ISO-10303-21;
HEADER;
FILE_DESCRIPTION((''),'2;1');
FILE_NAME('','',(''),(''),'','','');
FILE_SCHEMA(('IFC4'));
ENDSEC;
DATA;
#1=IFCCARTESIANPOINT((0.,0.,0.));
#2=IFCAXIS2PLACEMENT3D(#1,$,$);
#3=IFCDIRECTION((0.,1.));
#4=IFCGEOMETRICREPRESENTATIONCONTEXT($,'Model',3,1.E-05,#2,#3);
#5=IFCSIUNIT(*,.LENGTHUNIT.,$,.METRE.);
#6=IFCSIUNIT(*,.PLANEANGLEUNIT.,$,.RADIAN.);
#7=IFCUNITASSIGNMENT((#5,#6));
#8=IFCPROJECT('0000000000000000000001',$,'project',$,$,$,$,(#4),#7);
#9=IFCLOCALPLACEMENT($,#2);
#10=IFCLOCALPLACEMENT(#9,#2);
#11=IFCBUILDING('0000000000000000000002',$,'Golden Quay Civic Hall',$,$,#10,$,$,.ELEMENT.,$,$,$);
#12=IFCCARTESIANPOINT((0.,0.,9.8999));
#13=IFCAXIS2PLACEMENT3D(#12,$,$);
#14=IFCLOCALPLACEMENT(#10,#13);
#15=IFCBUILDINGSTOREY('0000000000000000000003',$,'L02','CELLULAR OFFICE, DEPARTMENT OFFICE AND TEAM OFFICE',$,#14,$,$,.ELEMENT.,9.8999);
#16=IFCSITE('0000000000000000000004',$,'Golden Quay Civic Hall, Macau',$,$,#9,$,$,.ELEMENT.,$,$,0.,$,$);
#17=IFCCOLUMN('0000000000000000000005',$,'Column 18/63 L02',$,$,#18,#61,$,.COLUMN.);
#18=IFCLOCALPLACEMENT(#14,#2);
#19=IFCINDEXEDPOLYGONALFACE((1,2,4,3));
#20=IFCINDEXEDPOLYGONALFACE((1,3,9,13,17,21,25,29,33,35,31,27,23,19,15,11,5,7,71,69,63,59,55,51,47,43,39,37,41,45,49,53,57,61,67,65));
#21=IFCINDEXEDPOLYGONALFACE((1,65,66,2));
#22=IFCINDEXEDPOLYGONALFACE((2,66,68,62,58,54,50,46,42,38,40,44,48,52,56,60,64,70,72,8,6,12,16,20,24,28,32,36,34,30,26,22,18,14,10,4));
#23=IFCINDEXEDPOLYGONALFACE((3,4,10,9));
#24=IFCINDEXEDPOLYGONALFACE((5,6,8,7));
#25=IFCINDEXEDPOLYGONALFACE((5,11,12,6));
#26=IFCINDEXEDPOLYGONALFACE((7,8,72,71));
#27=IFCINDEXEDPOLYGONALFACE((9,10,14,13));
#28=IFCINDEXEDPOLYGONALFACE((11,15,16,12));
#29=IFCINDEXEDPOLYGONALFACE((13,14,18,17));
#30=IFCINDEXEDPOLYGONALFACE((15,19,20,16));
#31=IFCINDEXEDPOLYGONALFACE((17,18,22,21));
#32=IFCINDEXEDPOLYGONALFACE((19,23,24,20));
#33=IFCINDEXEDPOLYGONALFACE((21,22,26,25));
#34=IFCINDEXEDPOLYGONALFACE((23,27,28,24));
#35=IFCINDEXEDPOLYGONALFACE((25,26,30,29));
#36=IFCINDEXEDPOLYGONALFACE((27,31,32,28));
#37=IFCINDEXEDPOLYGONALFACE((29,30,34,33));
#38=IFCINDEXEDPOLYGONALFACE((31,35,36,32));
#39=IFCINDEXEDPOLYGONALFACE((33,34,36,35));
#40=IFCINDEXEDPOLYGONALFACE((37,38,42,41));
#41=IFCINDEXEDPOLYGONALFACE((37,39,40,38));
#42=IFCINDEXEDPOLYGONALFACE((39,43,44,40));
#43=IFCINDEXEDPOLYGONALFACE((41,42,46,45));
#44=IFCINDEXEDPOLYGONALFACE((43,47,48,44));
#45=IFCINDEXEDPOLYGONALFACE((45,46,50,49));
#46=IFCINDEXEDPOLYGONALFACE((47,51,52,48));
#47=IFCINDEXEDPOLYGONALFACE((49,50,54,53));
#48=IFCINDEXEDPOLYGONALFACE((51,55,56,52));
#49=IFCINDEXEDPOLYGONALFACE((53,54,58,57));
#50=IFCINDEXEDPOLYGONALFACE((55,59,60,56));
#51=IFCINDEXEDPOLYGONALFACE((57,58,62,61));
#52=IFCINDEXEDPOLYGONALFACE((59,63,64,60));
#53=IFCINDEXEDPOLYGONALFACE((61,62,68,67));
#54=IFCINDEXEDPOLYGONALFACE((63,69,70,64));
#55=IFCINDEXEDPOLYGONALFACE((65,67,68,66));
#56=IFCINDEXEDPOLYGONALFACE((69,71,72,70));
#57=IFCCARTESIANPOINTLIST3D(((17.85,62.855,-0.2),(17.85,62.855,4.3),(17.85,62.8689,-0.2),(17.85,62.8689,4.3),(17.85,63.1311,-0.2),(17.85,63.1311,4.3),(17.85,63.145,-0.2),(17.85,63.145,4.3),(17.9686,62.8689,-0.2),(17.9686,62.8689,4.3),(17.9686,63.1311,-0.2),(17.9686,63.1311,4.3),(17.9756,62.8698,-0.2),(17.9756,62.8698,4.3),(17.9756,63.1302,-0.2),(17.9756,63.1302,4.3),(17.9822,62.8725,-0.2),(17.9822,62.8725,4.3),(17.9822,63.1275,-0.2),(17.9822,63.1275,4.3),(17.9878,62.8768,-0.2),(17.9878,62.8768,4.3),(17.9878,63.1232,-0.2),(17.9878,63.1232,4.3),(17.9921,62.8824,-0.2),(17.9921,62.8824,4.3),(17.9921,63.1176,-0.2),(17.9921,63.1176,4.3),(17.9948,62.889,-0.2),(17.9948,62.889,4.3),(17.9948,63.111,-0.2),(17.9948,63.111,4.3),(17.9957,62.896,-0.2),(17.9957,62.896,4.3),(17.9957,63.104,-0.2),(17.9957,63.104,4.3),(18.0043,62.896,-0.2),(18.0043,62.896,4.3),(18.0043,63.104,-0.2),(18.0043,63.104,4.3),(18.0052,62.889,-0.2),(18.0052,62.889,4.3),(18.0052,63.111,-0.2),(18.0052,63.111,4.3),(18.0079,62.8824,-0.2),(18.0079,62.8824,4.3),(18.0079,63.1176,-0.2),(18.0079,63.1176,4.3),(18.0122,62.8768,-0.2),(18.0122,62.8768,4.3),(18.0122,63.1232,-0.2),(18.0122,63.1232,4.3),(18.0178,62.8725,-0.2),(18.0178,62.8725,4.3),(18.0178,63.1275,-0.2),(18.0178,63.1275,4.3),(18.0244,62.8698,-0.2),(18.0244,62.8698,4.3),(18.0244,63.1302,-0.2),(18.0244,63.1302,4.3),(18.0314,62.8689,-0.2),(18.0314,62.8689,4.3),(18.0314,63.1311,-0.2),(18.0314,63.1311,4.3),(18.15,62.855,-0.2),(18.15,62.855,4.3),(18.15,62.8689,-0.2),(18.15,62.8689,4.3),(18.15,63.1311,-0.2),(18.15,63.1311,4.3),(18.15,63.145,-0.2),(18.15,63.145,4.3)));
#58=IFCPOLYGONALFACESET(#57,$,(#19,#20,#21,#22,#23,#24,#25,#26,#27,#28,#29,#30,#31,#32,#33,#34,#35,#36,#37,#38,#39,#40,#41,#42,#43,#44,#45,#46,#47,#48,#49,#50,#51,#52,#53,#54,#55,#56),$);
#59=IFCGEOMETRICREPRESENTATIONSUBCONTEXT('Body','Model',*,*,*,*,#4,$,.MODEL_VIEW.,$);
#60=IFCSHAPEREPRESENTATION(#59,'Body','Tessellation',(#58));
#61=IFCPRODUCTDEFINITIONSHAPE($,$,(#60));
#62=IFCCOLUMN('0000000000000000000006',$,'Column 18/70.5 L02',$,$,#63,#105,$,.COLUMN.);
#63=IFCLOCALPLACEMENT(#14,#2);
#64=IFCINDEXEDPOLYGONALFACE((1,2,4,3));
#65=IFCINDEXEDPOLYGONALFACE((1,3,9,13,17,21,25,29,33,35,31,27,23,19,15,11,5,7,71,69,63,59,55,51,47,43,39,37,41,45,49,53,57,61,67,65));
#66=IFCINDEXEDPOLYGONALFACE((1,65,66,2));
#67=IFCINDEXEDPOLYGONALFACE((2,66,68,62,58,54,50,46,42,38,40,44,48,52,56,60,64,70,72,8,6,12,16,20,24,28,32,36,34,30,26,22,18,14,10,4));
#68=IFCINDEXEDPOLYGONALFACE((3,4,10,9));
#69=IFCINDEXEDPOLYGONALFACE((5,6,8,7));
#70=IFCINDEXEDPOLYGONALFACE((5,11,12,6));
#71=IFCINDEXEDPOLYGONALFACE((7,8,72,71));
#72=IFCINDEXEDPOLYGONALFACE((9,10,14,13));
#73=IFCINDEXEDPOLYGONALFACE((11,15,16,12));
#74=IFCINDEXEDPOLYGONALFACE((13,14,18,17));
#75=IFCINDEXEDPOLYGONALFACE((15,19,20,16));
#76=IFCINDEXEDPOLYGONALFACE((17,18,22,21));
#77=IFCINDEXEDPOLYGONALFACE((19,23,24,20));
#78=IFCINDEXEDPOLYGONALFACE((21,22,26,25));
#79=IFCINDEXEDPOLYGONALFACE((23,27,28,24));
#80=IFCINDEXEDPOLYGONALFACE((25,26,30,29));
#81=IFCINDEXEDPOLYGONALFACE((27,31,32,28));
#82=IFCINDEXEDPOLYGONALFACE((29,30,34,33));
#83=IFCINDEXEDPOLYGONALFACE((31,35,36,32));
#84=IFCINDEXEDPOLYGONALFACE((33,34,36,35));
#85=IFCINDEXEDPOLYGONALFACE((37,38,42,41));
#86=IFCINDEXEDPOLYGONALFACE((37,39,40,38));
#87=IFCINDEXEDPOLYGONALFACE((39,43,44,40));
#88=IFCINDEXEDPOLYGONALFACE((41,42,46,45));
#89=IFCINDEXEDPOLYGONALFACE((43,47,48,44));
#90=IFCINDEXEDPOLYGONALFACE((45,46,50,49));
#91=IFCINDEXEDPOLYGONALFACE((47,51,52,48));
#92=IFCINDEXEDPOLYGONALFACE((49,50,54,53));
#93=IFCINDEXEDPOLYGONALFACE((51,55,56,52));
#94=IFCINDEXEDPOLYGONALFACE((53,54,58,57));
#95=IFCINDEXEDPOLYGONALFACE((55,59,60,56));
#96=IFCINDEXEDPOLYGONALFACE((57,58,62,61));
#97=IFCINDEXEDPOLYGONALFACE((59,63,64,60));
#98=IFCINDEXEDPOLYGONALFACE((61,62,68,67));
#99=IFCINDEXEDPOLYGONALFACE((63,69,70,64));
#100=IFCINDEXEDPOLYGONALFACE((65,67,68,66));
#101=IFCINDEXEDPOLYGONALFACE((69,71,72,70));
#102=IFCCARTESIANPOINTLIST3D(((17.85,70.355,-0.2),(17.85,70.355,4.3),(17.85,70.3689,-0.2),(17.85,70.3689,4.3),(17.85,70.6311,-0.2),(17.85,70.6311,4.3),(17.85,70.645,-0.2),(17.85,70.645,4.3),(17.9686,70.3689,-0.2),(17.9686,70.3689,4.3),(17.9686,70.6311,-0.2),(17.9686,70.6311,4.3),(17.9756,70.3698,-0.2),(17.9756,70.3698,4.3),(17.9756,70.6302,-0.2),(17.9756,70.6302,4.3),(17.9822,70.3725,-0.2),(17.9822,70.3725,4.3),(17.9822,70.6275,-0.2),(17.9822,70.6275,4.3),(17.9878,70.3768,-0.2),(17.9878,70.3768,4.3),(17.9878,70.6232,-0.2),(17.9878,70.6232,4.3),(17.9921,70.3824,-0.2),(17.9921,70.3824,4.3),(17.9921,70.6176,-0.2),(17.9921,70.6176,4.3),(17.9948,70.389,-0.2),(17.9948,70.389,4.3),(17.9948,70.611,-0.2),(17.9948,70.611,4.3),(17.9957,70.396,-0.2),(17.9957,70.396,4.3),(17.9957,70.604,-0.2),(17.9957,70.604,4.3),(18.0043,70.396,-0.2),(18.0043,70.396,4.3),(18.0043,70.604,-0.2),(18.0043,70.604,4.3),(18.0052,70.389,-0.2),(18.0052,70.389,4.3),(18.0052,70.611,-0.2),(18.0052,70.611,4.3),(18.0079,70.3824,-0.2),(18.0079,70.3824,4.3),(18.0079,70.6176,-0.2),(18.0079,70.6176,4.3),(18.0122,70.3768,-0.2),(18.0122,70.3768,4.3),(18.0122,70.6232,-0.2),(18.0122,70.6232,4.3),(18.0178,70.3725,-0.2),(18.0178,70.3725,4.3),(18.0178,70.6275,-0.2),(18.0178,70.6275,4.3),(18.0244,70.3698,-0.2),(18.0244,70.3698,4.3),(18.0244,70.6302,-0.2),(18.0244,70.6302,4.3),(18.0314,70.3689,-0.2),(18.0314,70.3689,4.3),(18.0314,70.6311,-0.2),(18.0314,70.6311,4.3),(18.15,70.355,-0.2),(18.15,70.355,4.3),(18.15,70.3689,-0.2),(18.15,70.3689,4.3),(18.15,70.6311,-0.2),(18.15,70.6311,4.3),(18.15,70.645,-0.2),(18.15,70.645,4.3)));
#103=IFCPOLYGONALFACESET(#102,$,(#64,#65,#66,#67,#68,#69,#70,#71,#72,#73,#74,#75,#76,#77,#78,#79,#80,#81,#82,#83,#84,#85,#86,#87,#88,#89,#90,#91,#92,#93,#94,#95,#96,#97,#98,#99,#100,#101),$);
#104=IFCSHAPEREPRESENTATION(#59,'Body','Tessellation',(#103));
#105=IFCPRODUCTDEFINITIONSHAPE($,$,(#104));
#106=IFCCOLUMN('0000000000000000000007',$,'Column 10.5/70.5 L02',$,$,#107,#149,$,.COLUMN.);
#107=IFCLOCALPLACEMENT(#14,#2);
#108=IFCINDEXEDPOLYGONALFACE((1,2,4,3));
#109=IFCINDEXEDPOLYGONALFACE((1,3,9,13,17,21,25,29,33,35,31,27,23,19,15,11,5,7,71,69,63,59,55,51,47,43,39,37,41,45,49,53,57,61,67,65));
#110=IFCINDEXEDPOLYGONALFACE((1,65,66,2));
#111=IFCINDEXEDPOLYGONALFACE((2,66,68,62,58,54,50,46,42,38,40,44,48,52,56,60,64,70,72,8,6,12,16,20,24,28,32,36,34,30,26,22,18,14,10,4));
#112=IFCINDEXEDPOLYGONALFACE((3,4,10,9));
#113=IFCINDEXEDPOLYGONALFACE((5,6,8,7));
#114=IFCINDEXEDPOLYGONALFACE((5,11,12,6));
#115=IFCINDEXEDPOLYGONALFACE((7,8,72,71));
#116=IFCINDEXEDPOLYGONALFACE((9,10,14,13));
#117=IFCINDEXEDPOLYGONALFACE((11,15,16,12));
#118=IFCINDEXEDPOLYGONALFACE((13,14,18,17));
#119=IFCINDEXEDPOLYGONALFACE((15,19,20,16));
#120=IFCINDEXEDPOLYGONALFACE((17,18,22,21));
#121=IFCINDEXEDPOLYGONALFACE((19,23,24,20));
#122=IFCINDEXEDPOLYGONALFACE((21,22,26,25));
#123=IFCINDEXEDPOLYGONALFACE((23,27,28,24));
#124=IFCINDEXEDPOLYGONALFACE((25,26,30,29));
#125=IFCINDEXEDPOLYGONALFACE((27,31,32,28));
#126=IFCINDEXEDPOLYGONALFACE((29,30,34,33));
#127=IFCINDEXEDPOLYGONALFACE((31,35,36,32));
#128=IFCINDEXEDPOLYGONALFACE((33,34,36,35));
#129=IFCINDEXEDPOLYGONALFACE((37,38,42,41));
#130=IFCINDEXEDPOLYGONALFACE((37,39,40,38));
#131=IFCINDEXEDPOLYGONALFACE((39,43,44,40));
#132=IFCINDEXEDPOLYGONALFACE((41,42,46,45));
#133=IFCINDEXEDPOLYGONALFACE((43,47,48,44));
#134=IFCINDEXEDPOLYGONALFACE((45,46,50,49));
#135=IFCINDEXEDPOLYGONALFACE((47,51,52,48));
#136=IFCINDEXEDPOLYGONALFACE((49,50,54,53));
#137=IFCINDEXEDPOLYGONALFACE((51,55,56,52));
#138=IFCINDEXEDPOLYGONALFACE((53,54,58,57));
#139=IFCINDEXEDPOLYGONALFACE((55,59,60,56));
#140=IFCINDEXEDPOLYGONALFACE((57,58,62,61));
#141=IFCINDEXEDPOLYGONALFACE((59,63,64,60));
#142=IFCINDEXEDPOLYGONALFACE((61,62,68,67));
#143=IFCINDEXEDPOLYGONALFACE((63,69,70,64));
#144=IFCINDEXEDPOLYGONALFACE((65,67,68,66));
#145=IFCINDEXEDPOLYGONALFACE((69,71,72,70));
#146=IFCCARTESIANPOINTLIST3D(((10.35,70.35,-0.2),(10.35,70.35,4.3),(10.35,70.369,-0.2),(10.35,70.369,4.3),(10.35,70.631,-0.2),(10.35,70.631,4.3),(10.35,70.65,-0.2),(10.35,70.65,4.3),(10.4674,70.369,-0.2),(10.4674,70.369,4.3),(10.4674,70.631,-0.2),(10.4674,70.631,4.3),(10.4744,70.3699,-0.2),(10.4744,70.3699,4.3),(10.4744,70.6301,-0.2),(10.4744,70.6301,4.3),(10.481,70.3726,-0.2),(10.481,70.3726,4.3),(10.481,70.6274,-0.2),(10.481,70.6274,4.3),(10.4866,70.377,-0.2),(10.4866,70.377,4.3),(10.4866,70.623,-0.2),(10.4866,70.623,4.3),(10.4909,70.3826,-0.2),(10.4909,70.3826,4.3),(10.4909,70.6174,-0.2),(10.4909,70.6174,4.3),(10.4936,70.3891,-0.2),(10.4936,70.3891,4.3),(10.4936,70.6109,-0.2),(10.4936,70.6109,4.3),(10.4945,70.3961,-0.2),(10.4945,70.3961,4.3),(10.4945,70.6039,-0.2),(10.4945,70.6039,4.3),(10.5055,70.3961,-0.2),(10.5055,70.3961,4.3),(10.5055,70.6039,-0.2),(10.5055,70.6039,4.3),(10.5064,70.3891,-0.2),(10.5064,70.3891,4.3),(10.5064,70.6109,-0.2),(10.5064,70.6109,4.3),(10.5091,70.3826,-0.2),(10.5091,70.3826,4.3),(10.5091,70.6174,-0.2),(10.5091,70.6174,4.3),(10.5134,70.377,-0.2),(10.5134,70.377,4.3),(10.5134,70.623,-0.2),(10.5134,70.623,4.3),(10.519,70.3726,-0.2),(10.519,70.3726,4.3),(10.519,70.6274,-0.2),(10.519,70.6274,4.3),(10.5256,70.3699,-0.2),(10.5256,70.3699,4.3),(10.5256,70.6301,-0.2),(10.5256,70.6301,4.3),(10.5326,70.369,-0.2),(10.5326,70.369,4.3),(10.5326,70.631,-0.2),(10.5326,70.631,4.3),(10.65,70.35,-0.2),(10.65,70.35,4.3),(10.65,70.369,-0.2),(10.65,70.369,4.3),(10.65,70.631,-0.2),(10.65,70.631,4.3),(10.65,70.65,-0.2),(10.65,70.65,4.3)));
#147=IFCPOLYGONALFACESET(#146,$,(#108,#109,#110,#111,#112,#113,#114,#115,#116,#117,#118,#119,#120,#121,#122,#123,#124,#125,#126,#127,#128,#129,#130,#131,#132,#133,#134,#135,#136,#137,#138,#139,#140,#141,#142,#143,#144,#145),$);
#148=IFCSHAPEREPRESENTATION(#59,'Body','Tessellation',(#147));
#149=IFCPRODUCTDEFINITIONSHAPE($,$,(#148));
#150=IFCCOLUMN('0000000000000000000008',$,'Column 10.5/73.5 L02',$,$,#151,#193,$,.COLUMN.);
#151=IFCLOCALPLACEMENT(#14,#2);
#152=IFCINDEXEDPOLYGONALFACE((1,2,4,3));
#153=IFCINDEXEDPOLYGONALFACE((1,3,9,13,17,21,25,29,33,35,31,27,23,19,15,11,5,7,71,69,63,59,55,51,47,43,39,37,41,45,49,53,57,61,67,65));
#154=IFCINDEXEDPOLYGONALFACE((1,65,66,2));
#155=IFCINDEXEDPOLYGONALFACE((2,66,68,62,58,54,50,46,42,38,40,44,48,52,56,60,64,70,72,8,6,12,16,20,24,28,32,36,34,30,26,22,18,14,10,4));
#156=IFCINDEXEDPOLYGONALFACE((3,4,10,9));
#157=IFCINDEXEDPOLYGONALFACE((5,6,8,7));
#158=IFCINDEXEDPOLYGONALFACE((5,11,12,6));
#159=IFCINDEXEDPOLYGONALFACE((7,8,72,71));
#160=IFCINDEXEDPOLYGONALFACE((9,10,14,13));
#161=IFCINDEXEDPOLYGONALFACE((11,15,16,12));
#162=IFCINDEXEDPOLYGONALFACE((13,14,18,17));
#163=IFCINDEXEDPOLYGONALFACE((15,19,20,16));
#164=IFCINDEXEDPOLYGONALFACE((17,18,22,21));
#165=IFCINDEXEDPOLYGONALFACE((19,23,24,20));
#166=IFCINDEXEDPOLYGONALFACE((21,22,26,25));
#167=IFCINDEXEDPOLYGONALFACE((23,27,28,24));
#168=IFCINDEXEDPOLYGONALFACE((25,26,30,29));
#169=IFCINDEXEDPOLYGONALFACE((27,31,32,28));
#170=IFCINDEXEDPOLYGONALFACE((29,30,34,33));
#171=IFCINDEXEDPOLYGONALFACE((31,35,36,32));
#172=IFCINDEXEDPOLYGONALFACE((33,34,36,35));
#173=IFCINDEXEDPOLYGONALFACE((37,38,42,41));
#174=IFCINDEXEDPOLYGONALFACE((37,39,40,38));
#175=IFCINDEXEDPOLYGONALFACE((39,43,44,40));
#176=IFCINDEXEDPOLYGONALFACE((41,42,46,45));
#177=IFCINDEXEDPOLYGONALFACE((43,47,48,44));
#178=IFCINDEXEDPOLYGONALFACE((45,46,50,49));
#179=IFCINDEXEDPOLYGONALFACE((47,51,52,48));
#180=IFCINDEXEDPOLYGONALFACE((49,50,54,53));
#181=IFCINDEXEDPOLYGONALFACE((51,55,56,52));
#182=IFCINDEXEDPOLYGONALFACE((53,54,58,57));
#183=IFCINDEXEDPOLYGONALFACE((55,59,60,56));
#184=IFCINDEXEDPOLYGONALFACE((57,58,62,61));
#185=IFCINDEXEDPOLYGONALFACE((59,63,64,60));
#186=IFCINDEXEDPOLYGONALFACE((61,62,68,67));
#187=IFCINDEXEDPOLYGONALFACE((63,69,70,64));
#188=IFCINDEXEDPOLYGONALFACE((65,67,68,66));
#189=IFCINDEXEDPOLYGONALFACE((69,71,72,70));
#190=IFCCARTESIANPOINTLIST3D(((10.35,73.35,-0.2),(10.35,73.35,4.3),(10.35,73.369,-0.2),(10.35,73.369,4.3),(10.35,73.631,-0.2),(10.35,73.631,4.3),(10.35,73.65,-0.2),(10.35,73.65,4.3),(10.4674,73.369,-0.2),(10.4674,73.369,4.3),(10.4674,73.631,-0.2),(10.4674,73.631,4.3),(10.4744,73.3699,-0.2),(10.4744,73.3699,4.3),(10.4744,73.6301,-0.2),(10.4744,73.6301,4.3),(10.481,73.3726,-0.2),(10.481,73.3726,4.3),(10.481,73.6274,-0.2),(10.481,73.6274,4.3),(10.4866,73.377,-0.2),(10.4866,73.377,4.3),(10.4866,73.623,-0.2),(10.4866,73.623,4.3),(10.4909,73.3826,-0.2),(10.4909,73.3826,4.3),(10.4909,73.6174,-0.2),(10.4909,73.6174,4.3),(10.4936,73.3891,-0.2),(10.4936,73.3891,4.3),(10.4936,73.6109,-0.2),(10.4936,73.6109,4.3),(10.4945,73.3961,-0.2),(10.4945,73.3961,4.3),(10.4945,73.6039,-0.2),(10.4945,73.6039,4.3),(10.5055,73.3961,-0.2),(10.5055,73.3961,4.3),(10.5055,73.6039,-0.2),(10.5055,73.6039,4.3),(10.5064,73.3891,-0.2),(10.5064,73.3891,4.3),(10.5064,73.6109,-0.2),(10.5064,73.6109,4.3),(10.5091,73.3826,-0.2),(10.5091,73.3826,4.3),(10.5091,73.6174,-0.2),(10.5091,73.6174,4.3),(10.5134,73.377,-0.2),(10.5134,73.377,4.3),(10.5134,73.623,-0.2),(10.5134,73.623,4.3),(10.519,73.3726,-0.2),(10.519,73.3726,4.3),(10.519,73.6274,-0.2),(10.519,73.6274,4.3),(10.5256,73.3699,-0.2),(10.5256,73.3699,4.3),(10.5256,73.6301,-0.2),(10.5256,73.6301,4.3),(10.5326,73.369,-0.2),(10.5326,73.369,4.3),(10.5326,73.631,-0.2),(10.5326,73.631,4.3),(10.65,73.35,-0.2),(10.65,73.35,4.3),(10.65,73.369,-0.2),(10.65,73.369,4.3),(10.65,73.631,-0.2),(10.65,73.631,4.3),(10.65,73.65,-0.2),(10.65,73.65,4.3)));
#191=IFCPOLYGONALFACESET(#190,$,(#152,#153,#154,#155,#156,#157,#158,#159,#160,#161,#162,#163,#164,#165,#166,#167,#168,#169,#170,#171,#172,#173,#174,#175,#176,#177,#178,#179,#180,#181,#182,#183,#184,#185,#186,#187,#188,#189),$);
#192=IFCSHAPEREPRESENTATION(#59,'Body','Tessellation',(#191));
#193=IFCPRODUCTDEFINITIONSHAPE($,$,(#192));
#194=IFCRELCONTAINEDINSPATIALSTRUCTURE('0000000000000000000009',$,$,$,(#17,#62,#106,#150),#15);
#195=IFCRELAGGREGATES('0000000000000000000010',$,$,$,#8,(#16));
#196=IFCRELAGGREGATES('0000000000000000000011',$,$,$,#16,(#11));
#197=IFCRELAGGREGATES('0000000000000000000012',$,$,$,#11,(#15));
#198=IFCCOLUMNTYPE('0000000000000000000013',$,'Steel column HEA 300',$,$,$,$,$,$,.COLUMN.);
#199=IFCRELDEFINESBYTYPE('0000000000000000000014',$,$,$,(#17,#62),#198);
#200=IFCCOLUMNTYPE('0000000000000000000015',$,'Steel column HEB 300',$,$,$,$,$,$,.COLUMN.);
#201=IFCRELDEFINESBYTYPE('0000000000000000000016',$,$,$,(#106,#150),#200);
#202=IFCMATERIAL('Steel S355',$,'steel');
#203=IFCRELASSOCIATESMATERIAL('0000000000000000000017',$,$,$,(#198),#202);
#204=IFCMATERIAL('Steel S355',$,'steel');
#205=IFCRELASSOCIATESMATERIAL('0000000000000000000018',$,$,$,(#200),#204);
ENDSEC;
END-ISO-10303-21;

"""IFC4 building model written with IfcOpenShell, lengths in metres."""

from ifc_helpers import new_model, si_unit, direction, frame, origin, origin_2d, place, context, subcontext, project, spatial, i_section, extrude, material, material_profile, profile_set, type_object, element, save


model = new_model("IFC4")

# Units and contexts
model_context = context("Model", 3, precision=1e-05, world=origin(), true_north=direction((0.0, 1.0)))
body_context = subcontext(model_context, "Body", "Model", "MODEL_VIEW")
ifc_project = project(units=[si_unit("LENGTHUNIT", "METRE"), si_unit("PLANEANGLEUNIT", "RADIAN")], contexts=[model_context])

# Site, building, storey
site_placement = place(None, origin())
site = spatial("IfcSite", under=ifc_project, at=site_placement, Name="Golden Quay Civic Hall, Macau", CompositionType="ELEMENT", RefElevation=0.0)
building_placement = place(site_placement, origin())
building = spatial("IfcBuilding", under=site, at=building_placement, Name="Golden Quay Civic Hall", CompositionType="ELEMENT")
storey_placement = place(building_placement, frame((0.0, 0.0, 9.8999)))
storey = spatial("IfcBuildingStorey", under=building, at=storey_placement, Name="L02", Description="CELLULAR OFFICE, DEPARTMENT OFFICE AND TEAM OFFICE", CompositionType="ELEMENT", Elevation=9.8999)

# Columns
ifc_material_1 = material(Name="Steel S355", Category="steel")
ifc_material_profile_1 = material_profile(ifc_material_1, i_section(OverallWidth=0.3, OverallDepth=0.29, WebThickness=0.0085, FlangeThickness=0.0139, FilletRadius=0.0271, at=origin_2d()), Name="HEA 300")
ifc_profile_set_1 = profile_set([ifc_material_profile_1], Name="Steel S355")
column_type_1 = type_object("IfcColumnType", Name="Steel column HEA 300", PredefinedType="COLUMN", material=ifc_profile_set_1)
for number, where, z_axis, x_axis, name in (
    (1, (18.0, 63.0, -0.2), (0.0, 0.0, 1.0), (1.0, 0.0, 0.0), "Column 18/63 L02"),
    (2, (18.0, 70.5, -0.2), (0.0, 0.0, 1.0), (1.0, 0.0, 0.0), "Column 18/70.5 L02"),
):
    element("IfcColumn", number, at=place(storey_placement, frame(where, z_axis=z_axis, x_axis=x_axis)), inside=storey, type_object=column_type_1, Name=name, PredefinedType="COLUMN", context=body_context, shape_type="SweptSolid", body=[
        extrude(i_section(OverallWidth=0.3, OverallDepth=0.29, WebThickness=0.0085, FlangeThickness=0.0139, FilletRadius=0.0271, at=origin_2d()), origin(), (0.0, 0.0, 1.0), 4.5),
    ])
ifc_material_2 = material(Name="Steel S355", Category="steel")
ifc_material_profile_2 = material_profile(ifc_material_2, i_section(OverallWidth=0.3, OverallDepth=0.3, WebThickness=0.011, FlangeThickness=0.019, FilletRadius=0.0271, at=origin_2d()), Name="HEB 300")
ifc_profile_set_2 = profile_set([ifc_material_profile_2], Name="Steel S355")
column_type_2 = type_object("IfcColumnType", Name="Steel column HEB 300", PredefinedType="COLUMN", material=ifc_profile_set_2)
for number, where, z_axis, x_axis, name in (
    (3, (10.5, 70.5, -0.2), (0.0, 0.0, 1.0), (1.0, 0.0, 0.0), "Column 10.5/70.5 L02"),
    (4, (10.5, 73.5, -0.2), (0.0, 0.0, 1.0), (1.0, 0.0, 0.0), "Column 10.5/73.5 L02"),
):
    element("IfcColumn", number, at=place(storey_placement, frame(where, z_axis=z_axis, x_axis=x_axis)), inside=storey, type_object=column_type_2, Name=name, PredefinedType="COLUMN", context=body_context, shape_type="SweptSolid", body=[
        extrude(i_section(OverallWidth=0.3, OverallDepth=0.3, WebThickness=0.011, FlangeThickness=0.019, FilletRadius=0.0271, at=origin_2d()), origin(), (0.0, 0.0, 1.0), 4.5),
    ])

save(model, "model.ifc")
